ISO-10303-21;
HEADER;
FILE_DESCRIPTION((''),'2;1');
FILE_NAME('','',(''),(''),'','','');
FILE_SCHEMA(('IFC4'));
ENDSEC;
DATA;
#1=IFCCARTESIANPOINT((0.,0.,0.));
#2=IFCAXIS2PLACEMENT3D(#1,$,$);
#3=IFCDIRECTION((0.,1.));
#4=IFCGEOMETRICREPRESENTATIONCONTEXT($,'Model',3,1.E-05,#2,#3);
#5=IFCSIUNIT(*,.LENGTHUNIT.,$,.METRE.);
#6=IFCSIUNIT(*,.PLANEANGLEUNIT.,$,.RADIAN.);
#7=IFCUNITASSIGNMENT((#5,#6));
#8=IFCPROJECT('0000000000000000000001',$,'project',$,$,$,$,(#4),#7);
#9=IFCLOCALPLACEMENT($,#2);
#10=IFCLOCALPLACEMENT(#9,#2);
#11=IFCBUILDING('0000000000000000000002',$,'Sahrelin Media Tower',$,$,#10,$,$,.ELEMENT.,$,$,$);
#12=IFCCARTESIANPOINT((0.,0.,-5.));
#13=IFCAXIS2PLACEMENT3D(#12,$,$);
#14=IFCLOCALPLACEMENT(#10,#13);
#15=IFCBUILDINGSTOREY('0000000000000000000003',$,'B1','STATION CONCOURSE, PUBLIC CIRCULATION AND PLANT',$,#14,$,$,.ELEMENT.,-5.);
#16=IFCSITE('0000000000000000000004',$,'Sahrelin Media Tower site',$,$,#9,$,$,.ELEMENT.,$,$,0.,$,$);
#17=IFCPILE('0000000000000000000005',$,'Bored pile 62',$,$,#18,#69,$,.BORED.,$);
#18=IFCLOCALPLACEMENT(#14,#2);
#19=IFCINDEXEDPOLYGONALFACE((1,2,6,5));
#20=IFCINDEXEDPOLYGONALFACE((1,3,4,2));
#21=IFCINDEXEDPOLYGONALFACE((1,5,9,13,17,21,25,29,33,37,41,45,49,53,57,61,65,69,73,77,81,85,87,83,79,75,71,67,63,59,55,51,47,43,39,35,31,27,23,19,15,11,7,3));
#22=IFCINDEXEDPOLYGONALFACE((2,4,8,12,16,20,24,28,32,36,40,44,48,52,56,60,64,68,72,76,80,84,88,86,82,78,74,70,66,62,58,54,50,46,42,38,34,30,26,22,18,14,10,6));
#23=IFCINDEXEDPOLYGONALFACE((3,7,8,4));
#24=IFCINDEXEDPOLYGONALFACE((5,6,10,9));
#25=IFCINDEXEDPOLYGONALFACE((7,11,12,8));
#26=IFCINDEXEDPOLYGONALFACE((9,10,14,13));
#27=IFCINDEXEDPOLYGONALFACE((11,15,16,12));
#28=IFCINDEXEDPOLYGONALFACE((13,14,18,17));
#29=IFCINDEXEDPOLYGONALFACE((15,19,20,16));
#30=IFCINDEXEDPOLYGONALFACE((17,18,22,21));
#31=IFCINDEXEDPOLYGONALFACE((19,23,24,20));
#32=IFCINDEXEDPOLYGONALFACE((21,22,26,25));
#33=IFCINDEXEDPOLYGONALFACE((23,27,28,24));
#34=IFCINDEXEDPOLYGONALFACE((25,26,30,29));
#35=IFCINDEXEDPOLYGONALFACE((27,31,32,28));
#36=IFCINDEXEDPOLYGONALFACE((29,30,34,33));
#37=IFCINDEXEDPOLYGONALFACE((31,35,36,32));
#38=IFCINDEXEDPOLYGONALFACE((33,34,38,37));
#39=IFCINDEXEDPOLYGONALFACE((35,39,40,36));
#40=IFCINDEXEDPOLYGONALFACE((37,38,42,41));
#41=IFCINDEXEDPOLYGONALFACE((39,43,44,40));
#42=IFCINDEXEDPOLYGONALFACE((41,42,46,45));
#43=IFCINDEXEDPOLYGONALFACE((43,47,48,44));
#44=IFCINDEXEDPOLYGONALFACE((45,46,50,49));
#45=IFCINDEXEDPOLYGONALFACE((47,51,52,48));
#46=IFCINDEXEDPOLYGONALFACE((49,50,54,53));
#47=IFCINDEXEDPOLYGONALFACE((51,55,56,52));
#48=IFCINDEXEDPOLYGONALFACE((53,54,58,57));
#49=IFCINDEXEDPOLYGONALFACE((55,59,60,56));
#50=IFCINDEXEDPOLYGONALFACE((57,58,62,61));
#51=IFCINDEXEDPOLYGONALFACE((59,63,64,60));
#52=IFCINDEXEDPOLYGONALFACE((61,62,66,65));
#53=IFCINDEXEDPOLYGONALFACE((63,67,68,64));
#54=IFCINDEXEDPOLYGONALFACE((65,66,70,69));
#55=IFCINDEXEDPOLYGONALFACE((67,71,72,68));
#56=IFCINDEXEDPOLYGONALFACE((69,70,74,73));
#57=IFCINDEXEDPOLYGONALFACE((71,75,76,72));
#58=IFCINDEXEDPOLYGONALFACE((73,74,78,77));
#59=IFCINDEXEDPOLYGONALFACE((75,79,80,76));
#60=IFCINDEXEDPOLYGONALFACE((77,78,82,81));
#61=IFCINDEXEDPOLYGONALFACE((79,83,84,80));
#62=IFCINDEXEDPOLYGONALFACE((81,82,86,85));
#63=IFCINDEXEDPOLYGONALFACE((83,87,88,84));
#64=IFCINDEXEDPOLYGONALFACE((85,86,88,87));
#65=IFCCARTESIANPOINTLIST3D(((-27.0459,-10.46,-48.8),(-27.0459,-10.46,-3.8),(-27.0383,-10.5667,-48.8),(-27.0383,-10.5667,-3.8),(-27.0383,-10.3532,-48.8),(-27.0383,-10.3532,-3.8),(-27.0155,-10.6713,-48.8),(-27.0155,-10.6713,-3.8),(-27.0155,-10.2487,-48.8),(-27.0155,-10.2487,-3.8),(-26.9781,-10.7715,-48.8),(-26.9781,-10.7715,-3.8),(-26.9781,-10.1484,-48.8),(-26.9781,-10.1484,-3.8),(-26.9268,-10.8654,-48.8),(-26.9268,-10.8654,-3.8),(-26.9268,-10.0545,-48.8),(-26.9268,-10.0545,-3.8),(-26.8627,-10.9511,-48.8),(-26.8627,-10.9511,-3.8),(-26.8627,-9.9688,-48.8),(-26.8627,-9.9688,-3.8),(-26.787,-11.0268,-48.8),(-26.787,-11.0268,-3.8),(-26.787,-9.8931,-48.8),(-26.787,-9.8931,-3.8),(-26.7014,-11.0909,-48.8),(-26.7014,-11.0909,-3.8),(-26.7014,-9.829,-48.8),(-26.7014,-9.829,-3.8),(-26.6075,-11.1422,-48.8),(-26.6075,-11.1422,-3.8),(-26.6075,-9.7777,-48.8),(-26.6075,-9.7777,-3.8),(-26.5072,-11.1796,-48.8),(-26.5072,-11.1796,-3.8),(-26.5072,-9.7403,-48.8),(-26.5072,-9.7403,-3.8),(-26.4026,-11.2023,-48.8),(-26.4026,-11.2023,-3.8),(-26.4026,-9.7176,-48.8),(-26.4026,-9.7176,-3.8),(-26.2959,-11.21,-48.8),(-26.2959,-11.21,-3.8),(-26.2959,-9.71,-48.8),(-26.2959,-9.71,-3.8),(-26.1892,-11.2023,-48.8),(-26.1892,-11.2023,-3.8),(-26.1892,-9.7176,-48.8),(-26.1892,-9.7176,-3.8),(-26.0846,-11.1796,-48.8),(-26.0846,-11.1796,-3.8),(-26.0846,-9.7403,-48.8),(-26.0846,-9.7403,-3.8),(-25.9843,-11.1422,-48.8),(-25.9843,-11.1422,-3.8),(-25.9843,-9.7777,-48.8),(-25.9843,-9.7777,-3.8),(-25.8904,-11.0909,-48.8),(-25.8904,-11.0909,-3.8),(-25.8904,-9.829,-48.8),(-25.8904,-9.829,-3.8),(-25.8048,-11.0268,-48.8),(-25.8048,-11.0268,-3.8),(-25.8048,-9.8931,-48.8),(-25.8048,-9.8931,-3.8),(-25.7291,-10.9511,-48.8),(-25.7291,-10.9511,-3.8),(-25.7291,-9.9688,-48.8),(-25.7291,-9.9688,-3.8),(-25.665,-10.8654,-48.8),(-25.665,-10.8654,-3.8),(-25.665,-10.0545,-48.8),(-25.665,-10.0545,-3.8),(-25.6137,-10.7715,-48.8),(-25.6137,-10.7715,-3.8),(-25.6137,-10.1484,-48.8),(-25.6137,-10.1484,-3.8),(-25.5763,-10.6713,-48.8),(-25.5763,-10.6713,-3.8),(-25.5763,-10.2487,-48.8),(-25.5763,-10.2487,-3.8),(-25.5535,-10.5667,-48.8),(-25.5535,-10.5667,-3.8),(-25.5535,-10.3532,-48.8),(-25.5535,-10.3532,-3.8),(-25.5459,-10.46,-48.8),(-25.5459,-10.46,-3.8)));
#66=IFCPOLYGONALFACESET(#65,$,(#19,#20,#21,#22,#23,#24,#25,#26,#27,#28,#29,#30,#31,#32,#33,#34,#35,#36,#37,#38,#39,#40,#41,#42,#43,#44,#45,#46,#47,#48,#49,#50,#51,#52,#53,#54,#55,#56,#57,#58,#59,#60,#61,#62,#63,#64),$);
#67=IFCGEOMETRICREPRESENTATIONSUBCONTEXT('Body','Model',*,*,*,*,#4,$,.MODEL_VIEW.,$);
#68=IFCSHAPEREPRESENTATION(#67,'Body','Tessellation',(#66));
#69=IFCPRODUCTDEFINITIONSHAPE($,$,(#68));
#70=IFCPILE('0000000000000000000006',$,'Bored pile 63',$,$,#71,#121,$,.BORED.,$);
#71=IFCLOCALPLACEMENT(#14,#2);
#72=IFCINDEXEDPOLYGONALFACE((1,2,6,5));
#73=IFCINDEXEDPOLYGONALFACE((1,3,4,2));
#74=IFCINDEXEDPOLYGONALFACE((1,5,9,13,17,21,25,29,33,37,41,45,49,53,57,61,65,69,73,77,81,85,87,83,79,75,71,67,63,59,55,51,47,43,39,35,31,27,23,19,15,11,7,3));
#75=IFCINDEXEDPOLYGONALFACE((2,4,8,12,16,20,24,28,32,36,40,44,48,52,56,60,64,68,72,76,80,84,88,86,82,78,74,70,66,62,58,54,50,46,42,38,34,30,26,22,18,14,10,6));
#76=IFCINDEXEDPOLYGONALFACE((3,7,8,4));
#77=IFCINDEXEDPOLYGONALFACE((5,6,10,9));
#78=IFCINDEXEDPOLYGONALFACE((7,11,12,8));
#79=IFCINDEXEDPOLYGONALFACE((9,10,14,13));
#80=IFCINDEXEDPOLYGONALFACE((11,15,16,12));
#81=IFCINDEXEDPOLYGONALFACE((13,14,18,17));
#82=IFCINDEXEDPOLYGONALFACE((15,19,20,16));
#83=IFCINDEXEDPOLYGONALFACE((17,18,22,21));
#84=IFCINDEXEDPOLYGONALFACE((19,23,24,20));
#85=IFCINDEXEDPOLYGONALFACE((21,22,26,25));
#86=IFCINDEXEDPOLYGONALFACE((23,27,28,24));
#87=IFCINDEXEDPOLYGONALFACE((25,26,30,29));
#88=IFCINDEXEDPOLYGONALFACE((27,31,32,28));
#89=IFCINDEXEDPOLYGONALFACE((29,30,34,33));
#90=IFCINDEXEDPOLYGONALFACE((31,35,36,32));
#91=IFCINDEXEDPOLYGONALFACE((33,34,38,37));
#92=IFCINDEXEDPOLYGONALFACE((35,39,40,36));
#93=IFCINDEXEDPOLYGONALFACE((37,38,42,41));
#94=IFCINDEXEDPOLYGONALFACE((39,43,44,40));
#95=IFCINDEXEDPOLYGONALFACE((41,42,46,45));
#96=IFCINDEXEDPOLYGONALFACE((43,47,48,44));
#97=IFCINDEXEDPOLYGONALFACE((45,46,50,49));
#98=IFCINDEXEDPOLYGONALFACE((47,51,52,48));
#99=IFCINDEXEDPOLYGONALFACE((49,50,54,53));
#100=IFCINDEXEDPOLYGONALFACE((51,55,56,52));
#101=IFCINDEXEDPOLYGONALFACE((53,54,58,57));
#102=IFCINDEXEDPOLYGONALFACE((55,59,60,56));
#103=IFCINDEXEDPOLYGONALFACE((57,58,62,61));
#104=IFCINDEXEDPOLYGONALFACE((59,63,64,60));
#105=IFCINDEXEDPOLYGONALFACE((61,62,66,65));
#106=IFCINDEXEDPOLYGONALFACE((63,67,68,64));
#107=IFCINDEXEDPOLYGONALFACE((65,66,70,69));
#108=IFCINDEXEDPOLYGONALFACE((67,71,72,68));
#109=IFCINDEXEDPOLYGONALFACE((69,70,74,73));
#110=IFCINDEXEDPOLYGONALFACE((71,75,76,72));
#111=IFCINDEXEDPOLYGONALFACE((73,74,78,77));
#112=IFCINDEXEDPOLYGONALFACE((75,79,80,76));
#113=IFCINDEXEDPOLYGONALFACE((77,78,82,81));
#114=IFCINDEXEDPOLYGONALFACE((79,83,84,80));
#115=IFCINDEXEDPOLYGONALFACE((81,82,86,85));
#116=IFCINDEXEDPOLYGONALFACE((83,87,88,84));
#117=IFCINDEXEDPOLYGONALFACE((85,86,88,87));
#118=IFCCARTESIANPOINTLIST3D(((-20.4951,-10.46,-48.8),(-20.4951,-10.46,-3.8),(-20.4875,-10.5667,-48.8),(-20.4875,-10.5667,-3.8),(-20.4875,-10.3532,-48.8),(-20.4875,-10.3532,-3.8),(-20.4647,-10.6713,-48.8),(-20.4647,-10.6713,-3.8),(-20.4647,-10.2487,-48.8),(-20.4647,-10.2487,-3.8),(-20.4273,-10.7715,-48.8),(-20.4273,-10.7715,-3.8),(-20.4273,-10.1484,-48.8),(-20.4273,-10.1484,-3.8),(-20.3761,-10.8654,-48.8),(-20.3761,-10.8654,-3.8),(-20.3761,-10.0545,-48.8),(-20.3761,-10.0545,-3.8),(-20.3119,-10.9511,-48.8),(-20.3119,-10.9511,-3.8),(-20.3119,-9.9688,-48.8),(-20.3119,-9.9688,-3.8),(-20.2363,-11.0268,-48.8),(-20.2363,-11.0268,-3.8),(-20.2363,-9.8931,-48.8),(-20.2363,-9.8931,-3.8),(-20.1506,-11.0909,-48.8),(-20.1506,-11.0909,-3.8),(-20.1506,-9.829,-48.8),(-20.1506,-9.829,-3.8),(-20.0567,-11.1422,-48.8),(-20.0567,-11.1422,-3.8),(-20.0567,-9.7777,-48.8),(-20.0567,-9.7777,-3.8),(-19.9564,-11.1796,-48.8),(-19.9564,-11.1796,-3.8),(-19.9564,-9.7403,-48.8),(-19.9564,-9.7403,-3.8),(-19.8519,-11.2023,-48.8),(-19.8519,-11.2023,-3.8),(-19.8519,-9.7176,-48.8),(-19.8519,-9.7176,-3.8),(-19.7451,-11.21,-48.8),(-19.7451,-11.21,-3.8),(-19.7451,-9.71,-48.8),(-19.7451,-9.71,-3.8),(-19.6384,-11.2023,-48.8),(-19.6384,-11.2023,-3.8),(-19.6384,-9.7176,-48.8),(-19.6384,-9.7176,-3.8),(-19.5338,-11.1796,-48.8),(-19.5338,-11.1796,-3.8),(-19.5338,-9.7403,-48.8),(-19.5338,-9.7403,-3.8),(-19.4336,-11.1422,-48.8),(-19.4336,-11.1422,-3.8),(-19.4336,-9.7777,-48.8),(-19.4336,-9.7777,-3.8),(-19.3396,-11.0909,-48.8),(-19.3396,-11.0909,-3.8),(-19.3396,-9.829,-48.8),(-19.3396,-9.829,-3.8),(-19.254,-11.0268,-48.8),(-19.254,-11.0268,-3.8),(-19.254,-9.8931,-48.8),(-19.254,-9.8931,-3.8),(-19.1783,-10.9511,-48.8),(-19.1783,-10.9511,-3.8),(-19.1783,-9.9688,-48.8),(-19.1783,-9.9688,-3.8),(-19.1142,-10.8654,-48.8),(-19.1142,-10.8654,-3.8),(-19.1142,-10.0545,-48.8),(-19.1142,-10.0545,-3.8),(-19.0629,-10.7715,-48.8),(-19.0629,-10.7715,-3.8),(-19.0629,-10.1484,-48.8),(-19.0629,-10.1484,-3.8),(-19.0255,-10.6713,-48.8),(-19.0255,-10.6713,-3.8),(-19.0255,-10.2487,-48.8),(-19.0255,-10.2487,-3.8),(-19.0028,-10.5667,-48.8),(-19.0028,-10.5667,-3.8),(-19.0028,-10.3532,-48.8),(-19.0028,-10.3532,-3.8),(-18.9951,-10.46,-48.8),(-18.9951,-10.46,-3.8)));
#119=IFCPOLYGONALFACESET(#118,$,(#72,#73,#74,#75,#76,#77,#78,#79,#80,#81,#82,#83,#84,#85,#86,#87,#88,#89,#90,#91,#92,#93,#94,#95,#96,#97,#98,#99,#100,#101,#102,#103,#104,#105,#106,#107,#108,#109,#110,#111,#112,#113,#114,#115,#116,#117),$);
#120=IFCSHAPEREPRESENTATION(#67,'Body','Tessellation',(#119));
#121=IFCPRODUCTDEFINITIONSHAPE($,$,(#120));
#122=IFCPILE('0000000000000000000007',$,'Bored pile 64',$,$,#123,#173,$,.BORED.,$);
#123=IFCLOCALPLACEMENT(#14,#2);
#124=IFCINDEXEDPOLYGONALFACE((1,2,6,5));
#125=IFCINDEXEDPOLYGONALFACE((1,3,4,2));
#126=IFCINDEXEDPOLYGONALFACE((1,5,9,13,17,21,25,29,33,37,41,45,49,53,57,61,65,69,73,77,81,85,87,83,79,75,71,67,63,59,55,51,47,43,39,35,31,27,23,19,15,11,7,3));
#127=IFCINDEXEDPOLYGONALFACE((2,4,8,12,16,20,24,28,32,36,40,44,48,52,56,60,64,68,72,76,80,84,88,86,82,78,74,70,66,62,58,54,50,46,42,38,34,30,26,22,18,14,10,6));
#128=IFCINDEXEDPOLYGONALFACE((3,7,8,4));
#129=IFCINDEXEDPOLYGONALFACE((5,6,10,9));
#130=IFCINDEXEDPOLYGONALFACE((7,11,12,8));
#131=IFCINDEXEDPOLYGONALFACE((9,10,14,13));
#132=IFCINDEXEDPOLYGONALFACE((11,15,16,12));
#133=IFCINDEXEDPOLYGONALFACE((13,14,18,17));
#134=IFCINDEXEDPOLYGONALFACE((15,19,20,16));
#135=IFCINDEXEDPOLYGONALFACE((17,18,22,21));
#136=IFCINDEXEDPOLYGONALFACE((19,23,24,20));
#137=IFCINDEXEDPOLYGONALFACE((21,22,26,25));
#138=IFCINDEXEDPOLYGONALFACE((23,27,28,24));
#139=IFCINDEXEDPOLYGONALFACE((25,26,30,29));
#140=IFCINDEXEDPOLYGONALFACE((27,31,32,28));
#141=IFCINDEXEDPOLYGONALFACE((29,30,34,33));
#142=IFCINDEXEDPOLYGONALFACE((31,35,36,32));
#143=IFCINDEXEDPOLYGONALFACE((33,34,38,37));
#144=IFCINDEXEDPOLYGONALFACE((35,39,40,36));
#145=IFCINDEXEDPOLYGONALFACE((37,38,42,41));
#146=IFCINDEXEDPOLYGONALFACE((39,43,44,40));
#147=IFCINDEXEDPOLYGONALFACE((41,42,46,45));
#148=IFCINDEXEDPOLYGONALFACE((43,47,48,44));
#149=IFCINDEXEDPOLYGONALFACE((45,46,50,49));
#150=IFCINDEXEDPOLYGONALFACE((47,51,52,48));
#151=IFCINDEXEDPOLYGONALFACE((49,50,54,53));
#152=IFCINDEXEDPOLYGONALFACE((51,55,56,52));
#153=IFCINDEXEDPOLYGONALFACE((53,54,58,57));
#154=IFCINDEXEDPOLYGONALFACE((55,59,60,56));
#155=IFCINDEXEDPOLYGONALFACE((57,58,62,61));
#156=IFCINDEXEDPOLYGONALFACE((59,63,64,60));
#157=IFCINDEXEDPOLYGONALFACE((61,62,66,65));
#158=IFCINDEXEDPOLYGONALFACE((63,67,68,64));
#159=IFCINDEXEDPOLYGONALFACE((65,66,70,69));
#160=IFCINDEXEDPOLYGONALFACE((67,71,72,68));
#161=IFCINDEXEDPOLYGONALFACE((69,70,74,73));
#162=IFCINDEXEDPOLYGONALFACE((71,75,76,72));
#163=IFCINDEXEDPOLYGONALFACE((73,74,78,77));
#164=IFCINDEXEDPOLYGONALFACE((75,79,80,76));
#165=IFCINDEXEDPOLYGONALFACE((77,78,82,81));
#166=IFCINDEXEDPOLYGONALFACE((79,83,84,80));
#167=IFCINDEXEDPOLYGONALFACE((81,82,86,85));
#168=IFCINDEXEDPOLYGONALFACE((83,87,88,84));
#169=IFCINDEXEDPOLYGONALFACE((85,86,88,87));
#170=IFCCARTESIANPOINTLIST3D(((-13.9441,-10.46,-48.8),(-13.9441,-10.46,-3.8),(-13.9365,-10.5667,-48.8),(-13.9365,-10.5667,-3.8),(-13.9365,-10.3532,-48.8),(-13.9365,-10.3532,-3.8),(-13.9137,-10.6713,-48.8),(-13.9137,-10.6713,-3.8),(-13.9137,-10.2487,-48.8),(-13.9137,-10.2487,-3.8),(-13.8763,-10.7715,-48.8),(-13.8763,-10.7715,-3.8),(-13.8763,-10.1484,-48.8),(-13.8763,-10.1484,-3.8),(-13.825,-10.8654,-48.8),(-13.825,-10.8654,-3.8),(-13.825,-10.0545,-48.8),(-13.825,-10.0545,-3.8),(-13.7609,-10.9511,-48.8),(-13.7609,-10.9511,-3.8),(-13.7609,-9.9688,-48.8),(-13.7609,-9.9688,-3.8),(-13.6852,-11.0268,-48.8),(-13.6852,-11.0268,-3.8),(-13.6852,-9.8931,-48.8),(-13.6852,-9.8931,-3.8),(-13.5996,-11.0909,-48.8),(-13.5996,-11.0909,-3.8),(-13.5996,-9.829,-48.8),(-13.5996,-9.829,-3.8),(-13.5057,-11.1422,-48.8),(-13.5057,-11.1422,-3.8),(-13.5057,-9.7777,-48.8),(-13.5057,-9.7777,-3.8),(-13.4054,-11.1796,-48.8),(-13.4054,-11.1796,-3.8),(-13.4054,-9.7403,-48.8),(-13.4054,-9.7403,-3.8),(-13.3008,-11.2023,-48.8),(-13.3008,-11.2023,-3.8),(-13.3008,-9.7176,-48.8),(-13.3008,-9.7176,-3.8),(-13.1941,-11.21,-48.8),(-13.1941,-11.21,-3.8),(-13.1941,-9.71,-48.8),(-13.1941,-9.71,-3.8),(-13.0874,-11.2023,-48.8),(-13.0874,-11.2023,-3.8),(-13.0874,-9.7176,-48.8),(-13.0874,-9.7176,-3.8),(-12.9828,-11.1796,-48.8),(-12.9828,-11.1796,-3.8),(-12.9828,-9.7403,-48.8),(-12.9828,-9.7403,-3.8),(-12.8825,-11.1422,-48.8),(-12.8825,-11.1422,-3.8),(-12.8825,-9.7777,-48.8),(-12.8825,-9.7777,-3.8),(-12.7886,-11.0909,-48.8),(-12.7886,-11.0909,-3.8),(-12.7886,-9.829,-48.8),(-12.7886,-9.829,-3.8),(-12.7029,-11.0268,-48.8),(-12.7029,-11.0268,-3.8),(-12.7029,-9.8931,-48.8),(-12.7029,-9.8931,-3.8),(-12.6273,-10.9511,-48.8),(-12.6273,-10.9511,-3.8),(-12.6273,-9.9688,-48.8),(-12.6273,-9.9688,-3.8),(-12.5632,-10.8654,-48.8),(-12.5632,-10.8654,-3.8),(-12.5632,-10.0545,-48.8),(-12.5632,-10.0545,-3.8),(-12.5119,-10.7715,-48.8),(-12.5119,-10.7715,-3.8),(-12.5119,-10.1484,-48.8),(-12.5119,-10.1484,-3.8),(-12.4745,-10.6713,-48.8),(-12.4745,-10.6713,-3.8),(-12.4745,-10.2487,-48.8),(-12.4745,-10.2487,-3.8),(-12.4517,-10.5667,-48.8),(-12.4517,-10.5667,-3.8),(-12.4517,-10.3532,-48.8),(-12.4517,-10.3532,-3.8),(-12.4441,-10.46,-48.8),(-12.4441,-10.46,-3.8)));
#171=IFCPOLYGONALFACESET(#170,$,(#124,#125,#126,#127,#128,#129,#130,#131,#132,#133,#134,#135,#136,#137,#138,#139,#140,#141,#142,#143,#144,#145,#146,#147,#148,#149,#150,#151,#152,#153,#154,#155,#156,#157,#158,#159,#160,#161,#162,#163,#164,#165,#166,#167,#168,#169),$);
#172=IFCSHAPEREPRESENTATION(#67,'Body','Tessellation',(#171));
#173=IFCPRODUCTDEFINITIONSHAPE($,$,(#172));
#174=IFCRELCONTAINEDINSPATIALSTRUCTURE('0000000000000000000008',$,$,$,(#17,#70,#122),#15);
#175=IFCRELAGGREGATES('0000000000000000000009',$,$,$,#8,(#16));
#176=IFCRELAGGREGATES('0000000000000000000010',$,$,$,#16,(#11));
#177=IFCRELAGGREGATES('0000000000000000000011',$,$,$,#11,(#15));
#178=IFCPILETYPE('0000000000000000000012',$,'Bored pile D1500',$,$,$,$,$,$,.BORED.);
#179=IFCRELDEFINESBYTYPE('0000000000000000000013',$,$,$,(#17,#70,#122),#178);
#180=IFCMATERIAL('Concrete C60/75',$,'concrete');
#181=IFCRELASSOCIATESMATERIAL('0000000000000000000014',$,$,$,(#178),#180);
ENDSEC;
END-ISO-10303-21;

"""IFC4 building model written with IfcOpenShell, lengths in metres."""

from ifc_helpers import new_model, si_unit, direction, frame, origin, origin_2d, place, context, subcontext, project, spatial, circle, extrude, material, material_profile, profile_set, type_object, element, save


model = new_model("IFC4")

# Units and contexts
model_context = context("Model", 3, precision=1e-05, world=origin(), true_north=direction((0.0, 1.0)))
body_context = subcontext(model_context, "Body", "Model", "MODEL_VIEW")
ifc_project = project(units=[si_unit("LENGTHUNIT", "METRE"), si_unit("PLANEANGLEUNIT", "RADIAN")], contexts=[model_context])

# Site, building, storey
site_placement = place(None, origin())
site = spatial("IfcSite", under=ifc_project, at=site_placement, Name="Sahrelin Media Tower site", CompositionType="ELEMENT", RefElevation=0.0)
building_placement = place(site_placement, origin())
building = spatial("IfcBuilding", under=site, at=building_placement, Name="Sahrelin Media Tower", CompositionType="ELEMENT")
storey_placement = place(building_placement, frame((0.0, 0.0, -5.0)))
storey = spatial("IfcBuildingStorey", under=building, at=storey_placement, Name="B1", Description="STATION CONCOURSE, PUBLIC CIRCULATION AND PLANT", CompositionType="ELEMENT", Elevation=-5.0)

# Piles
ifc_material_1 = material(Name="Concrete C60/75", Category="concrete")
ifc_material_profile_1 = material_profile(ifc_material_1, circle(Radius=0.75, at=origin_2d()), Name="Bored pile D1500")
ifc_profile_set_1 = profile_set([ifc_material_profile_1], Name="Concrete C60/75")
pile_type = type_object("IfcPileType", Name="Bored pile D1500", PredefinedType="BORED", material=ifc_profile_set_1)
for number, where, z_axis, x_axis, name in (
    (1, (-26.2959, -10.46, -3.8), (0.0, 0.0, -1.0), (1.0, 0.0, 0.0), "Bored pile 62"),
    (2, (-19.7451, -10.46, -3.8), (0.0, 0.0, -1.0), (1.0, 0.0, 0.0), "Bored pile 63"),
    (3, (-13.1941, -10.46, -3.8), (0.0, 0.0, -1.0), (1.0, 0.0, 0.0), "Bored pile 64"),
):
    element("IfcPile", number, at=place(storey_placement, frame(where, z_axis=z_axis, x_axis=x_axis)), inside=storey, type_object=pile_type, Name=name, PredefinedType="BORED", context=body_context, shape_type="SweptSolid", body=[
        extrude(circle(Radius=0.75, at=origin_2d()), origin(), (0.0, 0.0, 1.0), 45.0),
    ])

save(model, "model.ifc")
